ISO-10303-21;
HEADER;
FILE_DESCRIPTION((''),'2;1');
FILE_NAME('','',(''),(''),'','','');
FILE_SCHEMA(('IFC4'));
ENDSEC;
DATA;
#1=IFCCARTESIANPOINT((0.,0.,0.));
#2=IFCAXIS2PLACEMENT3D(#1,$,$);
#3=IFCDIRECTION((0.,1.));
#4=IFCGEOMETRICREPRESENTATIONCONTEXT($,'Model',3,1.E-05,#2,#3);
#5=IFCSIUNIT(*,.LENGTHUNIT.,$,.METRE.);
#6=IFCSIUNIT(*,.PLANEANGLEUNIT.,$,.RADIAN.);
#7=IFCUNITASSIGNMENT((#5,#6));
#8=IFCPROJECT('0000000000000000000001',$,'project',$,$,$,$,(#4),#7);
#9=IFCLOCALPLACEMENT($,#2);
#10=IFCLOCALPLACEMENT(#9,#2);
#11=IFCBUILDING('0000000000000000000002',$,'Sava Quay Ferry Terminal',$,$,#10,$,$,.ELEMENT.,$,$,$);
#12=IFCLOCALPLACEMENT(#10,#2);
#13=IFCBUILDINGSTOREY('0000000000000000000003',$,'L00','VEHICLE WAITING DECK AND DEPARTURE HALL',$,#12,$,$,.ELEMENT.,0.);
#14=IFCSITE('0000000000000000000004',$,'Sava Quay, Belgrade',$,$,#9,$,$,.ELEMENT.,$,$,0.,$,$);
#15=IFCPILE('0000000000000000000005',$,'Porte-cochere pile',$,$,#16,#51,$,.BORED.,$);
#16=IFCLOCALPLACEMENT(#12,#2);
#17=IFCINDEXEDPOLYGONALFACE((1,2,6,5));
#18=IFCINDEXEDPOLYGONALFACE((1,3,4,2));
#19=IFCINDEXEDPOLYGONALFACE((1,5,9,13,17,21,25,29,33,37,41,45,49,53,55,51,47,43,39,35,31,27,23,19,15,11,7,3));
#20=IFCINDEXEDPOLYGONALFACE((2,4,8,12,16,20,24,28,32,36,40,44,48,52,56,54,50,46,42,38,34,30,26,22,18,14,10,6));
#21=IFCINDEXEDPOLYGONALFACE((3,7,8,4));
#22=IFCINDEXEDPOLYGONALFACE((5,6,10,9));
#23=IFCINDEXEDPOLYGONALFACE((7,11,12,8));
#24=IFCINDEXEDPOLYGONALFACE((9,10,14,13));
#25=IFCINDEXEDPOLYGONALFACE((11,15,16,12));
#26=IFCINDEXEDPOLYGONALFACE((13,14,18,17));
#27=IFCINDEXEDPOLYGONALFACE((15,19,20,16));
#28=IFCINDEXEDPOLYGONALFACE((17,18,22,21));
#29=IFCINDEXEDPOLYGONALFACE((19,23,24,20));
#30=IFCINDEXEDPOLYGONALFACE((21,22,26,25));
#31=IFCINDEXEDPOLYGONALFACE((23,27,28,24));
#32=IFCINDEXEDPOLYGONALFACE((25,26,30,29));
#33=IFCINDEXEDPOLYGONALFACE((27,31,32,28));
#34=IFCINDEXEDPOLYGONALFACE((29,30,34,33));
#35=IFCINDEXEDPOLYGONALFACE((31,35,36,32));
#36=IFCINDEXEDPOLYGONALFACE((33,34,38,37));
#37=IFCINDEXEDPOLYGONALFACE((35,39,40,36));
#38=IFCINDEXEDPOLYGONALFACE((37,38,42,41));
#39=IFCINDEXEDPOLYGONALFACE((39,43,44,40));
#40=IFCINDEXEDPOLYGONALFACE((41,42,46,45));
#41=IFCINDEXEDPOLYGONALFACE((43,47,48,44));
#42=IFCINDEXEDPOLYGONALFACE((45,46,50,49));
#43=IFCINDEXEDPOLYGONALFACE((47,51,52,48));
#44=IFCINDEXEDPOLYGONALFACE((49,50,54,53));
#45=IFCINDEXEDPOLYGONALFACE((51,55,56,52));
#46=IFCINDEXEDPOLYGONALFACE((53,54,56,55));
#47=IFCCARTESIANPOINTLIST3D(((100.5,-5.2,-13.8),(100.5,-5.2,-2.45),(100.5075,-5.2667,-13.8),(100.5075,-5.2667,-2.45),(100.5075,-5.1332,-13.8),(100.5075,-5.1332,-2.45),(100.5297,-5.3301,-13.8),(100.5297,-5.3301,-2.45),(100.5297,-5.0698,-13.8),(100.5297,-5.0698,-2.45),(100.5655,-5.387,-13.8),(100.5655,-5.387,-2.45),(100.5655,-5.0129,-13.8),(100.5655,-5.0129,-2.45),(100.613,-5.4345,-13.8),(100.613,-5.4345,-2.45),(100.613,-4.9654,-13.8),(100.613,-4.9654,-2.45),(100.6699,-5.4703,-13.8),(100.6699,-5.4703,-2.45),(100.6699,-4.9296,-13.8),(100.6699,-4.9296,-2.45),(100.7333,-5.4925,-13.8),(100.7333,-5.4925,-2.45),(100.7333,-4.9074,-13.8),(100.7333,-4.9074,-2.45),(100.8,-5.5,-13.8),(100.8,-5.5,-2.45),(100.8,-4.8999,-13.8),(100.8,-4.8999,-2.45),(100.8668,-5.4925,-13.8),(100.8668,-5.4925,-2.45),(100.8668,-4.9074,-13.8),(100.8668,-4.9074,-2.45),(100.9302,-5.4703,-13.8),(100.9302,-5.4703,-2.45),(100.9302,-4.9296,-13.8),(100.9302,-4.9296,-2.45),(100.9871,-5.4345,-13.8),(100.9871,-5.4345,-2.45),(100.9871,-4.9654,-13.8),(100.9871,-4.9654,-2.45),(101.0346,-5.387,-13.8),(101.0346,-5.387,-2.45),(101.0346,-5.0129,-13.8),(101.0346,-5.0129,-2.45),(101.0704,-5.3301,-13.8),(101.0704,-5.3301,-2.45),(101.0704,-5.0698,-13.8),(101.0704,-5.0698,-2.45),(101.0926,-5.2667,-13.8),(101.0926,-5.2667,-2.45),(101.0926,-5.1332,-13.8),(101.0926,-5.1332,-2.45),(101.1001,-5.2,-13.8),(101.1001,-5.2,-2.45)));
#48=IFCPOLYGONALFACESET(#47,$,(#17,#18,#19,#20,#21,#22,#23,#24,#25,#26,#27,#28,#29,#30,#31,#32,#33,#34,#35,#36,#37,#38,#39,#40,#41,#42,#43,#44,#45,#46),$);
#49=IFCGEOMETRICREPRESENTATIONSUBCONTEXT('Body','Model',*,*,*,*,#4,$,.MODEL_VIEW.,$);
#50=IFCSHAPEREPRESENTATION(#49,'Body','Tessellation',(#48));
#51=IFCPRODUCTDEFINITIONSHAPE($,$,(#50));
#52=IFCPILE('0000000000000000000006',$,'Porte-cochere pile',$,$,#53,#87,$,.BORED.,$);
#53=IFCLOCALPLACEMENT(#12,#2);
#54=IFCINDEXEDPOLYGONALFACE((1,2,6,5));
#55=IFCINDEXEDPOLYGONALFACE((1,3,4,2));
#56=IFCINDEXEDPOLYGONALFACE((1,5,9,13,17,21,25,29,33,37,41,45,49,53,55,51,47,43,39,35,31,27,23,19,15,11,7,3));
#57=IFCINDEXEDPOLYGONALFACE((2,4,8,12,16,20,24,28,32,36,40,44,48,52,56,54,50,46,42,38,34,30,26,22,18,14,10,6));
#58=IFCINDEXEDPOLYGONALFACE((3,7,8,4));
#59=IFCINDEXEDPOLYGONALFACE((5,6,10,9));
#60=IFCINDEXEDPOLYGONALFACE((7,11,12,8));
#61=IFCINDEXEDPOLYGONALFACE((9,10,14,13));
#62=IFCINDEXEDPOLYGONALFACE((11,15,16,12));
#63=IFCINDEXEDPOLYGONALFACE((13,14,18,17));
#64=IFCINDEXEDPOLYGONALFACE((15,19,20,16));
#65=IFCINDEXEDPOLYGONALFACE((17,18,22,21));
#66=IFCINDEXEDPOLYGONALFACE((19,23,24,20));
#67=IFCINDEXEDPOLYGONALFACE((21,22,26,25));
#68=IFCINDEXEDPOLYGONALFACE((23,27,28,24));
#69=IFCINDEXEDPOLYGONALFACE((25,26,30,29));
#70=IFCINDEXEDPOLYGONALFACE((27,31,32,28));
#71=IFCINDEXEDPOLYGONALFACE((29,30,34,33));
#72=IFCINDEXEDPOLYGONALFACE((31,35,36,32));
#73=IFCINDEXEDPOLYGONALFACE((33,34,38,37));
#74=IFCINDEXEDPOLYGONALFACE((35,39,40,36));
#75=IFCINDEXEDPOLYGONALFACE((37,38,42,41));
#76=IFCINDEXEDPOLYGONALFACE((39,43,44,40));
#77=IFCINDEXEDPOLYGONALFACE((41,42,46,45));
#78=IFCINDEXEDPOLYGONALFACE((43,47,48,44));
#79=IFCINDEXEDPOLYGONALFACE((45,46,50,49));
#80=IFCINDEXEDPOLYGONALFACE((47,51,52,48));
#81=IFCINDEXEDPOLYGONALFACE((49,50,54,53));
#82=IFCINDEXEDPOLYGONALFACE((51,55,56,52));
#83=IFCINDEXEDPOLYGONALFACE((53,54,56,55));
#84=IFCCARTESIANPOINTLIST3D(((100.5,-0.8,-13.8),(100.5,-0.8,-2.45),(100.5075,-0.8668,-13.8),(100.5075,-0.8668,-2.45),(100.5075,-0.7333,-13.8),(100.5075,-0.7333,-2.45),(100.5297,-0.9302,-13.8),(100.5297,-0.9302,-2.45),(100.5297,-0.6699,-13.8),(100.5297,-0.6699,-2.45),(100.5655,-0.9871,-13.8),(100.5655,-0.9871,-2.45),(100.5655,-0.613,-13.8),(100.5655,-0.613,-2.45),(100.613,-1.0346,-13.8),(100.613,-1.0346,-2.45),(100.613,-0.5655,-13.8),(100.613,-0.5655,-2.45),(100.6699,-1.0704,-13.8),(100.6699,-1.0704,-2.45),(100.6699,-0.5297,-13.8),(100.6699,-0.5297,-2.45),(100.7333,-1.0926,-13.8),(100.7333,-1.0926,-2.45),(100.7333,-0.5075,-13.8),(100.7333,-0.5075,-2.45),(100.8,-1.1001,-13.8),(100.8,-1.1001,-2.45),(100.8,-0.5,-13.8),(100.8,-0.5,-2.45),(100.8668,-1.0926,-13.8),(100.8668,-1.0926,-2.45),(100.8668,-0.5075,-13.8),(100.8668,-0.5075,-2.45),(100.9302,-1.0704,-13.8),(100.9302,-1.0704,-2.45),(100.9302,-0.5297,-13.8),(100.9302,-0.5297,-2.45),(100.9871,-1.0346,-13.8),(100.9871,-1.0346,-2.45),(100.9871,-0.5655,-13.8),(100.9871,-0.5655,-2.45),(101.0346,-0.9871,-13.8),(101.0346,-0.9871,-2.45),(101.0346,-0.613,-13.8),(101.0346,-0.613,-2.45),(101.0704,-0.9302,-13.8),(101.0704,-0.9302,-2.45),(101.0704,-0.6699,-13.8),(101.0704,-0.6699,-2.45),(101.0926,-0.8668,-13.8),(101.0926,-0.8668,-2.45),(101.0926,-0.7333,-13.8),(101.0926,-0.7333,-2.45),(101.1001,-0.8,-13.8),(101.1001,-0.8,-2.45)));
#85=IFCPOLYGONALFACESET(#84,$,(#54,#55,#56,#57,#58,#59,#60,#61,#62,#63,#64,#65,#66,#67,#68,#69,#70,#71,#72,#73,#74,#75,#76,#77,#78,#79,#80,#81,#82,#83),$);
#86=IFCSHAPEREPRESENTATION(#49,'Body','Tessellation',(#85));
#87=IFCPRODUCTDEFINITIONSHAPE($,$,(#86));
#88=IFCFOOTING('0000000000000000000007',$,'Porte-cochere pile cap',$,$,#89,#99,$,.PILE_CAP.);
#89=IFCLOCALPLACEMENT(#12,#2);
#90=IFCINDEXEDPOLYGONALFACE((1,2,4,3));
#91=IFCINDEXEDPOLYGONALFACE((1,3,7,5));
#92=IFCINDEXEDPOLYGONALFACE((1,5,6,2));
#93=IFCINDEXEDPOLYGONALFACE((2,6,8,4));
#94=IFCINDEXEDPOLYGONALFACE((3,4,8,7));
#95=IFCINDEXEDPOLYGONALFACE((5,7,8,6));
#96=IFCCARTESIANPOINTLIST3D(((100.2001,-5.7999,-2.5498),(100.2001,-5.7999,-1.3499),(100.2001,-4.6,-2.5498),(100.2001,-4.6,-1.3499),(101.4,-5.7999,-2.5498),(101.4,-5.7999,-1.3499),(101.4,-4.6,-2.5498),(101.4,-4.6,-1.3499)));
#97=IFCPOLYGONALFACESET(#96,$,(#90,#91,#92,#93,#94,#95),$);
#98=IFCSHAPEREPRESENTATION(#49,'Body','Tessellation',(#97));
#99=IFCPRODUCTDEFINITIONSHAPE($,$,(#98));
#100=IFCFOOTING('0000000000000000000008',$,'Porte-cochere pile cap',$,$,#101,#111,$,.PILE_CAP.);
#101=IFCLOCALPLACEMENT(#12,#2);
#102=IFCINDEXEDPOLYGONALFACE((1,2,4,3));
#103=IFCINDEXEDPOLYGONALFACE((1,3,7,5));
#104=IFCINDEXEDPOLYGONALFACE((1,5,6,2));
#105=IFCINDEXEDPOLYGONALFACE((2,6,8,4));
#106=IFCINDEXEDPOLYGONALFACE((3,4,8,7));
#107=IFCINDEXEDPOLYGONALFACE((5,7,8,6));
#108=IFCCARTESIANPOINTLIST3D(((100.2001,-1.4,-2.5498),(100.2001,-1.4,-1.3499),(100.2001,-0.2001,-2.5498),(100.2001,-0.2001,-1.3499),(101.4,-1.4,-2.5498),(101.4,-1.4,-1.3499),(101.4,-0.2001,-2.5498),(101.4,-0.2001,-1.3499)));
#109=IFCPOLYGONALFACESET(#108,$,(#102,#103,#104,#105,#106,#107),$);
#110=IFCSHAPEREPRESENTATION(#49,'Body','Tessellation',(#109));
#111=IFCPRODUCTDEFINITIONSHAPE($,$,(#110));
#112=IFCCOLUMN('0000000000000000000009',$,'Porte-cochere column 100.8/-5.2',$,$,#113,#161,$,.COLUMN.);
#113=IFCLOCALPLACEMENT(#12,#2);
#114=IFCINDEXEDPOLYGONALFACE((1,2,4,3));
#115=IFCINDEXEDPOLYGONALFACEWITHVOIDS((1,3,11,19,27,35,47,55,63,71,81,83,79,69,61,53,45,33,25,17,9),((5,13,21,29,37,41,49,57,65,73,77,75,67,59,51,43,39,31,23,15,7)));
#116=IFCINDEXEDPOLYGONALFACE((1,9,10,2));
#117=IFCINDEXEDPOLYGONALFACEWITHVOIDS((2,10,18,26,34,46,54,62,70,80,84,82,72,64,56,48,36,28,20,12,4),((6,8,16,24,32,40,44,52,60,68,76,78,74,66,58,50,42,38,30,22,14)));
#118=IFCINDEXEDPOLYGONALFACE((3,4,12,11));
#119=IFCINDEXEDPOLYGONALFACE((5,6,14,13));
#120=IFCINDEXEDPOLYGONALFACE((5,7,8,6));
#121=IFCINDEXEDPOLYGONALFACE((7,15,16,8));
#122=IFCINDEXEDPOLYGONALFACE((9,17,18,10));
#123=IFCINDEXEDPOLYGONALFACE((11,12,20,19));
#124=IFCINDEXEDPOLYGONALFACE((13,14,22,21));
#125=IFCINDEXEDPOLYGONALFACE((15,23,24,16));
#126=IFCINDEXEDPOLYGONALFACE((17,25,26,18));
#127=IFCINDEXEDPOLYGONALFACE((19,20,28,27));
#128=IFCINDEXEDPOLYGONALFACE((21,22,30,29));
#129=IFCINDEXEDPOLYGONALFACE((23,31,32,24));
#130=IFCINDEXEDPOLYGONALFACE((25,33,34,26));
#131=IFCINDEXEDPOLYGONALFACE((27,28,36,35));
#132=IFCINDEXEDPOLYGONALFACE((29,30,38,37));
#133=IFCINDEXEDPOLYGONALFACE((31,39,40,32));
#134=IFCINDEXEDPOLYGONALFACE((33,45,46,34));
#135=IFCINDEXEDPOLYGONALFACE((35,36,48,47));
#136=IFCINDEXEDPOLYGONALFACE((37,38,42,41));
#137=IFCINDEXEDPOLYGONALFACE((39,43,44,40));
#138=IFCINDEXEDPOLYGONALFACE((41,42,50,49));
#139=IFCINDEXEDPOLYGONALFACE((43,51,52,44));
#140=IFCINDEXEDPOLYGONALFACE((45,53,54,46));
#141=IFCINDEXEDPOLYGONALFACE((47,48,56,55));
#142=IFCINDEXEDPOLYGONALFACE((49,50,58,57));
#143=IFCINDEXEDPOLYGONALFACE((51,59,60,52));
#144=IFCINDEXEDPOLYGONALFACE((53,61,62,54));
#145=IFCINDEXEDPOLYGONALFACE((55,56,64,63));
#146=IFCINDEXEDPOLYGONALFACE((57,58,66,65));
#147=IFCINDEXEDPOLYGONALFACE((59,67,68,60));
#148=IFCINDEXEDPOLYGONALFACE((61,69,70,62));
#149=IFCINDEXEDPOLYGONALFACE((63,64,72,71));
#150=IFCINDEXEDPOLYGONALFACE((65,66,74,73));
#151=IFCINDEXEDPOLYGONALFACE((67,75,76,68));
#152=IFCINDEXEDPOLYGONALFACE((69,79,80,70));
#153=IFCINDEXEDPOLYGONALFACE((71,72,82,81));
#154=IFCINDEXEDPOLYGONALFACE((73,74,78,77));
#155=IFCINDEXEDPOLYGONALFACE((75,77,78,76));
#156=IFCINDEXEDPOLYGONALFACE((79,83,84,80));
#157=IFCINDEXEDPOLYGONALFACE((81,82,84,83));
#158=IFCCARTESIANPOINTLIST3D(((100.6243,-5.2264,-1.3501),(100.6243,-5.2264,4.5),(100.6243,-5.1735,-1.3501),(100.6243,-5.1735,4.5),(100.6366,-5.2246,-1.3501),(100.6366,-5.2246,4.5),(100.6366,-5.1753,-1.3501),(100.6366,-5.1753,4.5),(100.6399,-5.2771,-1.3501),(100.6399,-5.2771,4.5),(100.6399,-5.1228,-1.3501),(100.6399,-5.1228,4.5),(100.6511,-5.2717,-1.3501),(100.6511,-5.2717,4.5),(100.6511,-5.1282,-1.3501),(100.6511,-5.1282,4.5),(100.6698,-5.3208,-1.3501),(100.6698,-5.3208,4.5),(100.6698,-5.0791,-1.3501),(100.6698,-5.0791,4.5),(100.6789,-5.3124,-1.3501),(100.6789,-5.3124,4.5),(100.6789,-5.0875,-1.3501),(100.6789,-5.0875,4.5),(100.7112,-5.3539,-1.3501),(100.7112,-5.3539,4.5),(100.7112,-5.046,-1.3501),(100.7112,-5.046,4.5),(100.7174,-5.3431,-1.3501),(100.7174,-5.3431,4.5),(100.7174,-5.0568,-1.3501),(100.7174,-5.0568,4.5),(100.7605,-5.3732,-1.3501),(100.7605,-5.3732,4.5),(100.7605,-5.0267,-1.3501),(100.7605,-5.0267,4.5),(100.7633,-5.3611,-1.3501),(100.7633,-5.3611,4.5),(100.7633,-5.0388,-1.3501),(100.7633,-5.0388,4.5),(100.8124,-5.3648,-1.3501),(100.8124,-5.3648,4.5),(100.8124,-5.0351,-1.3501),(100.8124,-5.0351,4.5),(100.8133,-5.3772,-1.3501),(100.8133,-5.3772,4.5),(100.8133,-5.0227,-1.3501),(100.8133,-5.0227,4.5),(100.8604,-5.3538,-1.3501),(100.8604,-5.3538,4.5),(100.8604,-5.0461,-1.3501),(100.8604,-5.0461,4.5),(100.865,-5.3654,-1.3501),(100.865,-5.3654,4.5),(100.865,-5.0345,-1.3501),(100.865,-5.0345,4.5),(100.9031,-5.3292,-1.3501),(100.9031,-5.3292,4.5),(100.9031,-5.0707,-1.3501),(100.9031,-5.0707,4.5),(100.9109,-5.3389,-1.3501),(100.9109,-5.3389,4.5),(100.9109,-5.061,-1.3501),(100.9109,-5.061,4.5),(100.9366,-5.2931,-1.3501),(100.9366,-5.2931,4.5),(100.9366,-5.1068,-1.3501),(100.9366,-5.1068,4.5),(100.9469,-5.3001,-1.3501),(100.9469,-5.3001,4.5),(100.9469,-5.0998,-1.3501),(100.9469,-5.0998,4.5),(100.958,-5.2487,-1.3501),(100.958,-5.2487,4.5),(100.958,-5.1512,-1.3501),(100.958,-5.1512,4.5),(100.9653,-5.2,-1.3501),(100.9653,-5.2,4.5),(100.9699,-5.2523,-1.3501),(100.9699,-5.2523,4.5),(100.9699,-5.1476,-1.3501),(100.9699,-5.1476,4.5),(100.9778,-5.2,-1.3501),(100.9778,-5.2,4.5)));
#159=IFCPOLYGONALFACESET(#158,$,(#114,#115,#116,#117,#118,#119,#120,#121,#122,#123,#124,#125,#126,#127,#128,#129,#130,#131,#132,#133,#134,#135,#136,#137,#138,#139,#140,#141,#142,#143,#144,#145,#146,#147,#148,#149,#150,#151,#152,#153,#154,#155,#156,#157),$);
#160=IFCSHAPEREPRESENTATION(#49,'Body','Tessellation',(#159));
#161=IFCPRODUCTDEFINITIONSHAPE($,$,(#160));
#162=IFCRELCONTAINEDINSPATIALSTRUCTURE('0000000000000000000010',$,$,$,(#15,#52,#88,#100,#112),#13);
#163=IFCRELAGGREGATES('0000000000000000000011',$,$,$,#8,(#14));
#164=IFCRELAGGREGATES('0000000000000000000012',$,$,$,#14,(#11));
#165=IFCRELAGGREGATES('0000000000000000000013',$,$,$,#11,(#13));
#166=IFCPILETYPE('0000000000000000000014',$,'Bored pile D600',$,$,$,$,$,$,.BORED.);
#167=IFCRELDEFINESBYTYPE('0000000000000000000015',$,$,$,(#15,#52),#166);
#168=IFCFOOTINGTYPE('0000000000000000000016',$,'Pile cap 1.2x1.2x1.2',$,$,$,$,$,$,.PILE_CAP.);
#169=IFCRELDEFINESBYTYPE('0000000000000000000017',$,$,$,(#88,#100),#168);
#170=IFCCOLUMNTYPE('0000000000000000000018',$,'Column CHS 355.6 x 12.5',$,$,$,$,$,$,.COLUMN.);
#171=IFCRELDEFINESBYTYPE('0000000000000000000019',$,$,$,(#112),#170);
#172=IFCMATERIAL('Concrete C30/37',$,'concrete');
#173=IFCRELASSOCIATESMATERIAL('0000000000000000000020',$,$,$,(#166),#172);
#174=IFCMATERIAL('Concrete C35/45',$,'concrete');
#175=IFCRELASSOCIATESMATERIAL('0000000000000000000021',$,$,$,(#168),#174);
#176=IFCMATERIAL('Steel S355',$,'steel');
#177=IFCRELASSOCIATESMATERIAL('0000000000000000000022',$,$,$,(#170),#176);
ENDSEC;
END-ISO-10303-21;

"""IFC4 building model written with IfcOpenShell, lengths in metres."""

from ifc_helpers import new_model, si_unit, direction, frame, origin, origin_2d, place, context, subcontext, project, spatial, rectangle, circle, hollow_circle, extrude, material, material_profile, profile_set, type_object, element, save


model = new_model("IFC4")

# Units and contexts
model_context = context("Model", 3, precision=1e-05, world=origin(), true_north=direction((0.0, 1.0)))
body_context = subcontext(model_context, "Body", "Model", "MODEL_VIEW")
ifc_project = project(units=[si_unit("LENGTHUNIT", "METRE"), si_unit("PLANEANGLEUNIT", "RADIAN")], contexts=[model_context])

# Site, building, storey
site_placement = place(None, origin())
site = spatial("IfcSite", under=ifc_project, at=site_placement, Name="Sava Quay, Belgrade", CompositionType="ELEMENT", RefElevation=0.0)
building_placement = place(site_placement, origin())
building = spatial("IfcBuilding", under=site, at=building_placement, Name="Sava Quay Ferry Terminal", CompositionType="ELEMENT")
storey_placement = place(building_placement, origin())
storey = spatial("IfcBuildingStorey", under=building, at=storey_placement, Name="L00", Description="VEHICLE WAITING DECK AND DEPARTURE HALL", CompositionType="ELEMENT", Elevation=0.0)

# Piles
ifc_material_1 = material(Name="Concrete C30/37", Category="concrete")
ifc_material_profile_1 = material_profile(ifc_material_1, circle(Radius=0.3, at=origin_2d()), Name="Bored pile D600")
ifc_profile_set_1 = profile_set([ifc_material_profile_1], Name="Concrete C30/37")
pile_type = type_object("IfcPileType", Name="Bored pile D600", PredefinedType="BORED", material=ifc_profile_set_1)
for number, where, z_axis, x_axis, name in (
    (1, (100.8, -5.2, -2.45), (0.0, 0.0, -1.0), (1.0, 0.0, 0.0), "Porte-cochere pile"),
    (2, (100.8, -0.8, -2.45), (0.0, 0.0, -1.0), (1.0, 0.0, 0.0), "Porte-cochere pile"),
):
    element("IfcPile", number, at=place(storey_placement, frame(where, z_axis=z_axis, x_axis=x_axis)), inside=storey, type_object=pile_type, Name=name, PredefinedType="BORED", context=body_context, shape_type="SweptSolid", body=[
        extrude(circle(Radius=0.3, at=origin_2d()), origin(), (0.0, 0.0, 1.0), 11.3501),
    ])

# Footings
ifc_material_2 = material(Name="Concrete C35/45", Category="concrete")
footing_type = type_object("IfcFootingType", Name="Pile cap 1.2x1.2x1.2", PredefinedType="PILE_CAP", material=ifc_material_2)
for number, where, z_axis, x_axis, name in (
    (3, (100.8, -5.2, -2.5498), (0.0, 0.0, 1.0), (1.0, 0.0, 0.0), "Porte-cochere pile cap"),
    (4, (100.8, -0.8, -2.5498), (0.0, 0.0, 1.0), (1.0, 0.0, 0.0), "Porte-cochere pile cap"),
):
    element("IfcFooting", number, at=place(storey_placement, frame(where, z_axis=z_axis, x_axis=x_axis)), inside=storey, type_object=footing_type, Name=name, PredefinedType="PILE_CAP", context=body_context, shape_type="SweptSolid", body=[
        extrude(rectangle(XDim=1.2, YDim=1.2, at=origin_2d()), origin(), (0.0, 0.0, 1.0), 1.2),
    ])

# Column
ifc_material_3 = material(Name="Steel S355", Category="steel")
ifc_material_profile_2 = material_profile(ifc_material_3, hollow_circle(Radius=0.1777, WallThickness=0.0125, at=origin_2d()), Name="CHS 355.6 x 12.5")
ifc_profile_set_2 = profile_set([ifc_material_profile_2], Name="Steel S355")
column_type = type_object("IfcColumnType", Name="Column CHS 355.6 x 12.5", PredefinedType="COLUMN", material=ifc_profile_set_2)
for number, where, z_axis, x_axis, name in (
    (5, (100.8, -5.2, -1.3501), (0.0, 0.0, 1.0), (1.0, 0.0, 0.0), "Porte-cochere column 100.8/-5.2"),
):
    element("IfcColumn", number, at=place(storey_placement, frame(where, z_axis=z_axis, x_axis=x_axis)), inside=storey, type_object=column_type, Name=name, PredefinedType="COLUMN", context=body_context, shape_type="SweptSolid", body=[
        extrude(hollow_circle(Radius=0.1777, WallThickness=0.0125, at=origin_2d()), origin(), (0.0, 0.0, 1.0), 5.8501),
    ])

save(model, "model.ifc")
